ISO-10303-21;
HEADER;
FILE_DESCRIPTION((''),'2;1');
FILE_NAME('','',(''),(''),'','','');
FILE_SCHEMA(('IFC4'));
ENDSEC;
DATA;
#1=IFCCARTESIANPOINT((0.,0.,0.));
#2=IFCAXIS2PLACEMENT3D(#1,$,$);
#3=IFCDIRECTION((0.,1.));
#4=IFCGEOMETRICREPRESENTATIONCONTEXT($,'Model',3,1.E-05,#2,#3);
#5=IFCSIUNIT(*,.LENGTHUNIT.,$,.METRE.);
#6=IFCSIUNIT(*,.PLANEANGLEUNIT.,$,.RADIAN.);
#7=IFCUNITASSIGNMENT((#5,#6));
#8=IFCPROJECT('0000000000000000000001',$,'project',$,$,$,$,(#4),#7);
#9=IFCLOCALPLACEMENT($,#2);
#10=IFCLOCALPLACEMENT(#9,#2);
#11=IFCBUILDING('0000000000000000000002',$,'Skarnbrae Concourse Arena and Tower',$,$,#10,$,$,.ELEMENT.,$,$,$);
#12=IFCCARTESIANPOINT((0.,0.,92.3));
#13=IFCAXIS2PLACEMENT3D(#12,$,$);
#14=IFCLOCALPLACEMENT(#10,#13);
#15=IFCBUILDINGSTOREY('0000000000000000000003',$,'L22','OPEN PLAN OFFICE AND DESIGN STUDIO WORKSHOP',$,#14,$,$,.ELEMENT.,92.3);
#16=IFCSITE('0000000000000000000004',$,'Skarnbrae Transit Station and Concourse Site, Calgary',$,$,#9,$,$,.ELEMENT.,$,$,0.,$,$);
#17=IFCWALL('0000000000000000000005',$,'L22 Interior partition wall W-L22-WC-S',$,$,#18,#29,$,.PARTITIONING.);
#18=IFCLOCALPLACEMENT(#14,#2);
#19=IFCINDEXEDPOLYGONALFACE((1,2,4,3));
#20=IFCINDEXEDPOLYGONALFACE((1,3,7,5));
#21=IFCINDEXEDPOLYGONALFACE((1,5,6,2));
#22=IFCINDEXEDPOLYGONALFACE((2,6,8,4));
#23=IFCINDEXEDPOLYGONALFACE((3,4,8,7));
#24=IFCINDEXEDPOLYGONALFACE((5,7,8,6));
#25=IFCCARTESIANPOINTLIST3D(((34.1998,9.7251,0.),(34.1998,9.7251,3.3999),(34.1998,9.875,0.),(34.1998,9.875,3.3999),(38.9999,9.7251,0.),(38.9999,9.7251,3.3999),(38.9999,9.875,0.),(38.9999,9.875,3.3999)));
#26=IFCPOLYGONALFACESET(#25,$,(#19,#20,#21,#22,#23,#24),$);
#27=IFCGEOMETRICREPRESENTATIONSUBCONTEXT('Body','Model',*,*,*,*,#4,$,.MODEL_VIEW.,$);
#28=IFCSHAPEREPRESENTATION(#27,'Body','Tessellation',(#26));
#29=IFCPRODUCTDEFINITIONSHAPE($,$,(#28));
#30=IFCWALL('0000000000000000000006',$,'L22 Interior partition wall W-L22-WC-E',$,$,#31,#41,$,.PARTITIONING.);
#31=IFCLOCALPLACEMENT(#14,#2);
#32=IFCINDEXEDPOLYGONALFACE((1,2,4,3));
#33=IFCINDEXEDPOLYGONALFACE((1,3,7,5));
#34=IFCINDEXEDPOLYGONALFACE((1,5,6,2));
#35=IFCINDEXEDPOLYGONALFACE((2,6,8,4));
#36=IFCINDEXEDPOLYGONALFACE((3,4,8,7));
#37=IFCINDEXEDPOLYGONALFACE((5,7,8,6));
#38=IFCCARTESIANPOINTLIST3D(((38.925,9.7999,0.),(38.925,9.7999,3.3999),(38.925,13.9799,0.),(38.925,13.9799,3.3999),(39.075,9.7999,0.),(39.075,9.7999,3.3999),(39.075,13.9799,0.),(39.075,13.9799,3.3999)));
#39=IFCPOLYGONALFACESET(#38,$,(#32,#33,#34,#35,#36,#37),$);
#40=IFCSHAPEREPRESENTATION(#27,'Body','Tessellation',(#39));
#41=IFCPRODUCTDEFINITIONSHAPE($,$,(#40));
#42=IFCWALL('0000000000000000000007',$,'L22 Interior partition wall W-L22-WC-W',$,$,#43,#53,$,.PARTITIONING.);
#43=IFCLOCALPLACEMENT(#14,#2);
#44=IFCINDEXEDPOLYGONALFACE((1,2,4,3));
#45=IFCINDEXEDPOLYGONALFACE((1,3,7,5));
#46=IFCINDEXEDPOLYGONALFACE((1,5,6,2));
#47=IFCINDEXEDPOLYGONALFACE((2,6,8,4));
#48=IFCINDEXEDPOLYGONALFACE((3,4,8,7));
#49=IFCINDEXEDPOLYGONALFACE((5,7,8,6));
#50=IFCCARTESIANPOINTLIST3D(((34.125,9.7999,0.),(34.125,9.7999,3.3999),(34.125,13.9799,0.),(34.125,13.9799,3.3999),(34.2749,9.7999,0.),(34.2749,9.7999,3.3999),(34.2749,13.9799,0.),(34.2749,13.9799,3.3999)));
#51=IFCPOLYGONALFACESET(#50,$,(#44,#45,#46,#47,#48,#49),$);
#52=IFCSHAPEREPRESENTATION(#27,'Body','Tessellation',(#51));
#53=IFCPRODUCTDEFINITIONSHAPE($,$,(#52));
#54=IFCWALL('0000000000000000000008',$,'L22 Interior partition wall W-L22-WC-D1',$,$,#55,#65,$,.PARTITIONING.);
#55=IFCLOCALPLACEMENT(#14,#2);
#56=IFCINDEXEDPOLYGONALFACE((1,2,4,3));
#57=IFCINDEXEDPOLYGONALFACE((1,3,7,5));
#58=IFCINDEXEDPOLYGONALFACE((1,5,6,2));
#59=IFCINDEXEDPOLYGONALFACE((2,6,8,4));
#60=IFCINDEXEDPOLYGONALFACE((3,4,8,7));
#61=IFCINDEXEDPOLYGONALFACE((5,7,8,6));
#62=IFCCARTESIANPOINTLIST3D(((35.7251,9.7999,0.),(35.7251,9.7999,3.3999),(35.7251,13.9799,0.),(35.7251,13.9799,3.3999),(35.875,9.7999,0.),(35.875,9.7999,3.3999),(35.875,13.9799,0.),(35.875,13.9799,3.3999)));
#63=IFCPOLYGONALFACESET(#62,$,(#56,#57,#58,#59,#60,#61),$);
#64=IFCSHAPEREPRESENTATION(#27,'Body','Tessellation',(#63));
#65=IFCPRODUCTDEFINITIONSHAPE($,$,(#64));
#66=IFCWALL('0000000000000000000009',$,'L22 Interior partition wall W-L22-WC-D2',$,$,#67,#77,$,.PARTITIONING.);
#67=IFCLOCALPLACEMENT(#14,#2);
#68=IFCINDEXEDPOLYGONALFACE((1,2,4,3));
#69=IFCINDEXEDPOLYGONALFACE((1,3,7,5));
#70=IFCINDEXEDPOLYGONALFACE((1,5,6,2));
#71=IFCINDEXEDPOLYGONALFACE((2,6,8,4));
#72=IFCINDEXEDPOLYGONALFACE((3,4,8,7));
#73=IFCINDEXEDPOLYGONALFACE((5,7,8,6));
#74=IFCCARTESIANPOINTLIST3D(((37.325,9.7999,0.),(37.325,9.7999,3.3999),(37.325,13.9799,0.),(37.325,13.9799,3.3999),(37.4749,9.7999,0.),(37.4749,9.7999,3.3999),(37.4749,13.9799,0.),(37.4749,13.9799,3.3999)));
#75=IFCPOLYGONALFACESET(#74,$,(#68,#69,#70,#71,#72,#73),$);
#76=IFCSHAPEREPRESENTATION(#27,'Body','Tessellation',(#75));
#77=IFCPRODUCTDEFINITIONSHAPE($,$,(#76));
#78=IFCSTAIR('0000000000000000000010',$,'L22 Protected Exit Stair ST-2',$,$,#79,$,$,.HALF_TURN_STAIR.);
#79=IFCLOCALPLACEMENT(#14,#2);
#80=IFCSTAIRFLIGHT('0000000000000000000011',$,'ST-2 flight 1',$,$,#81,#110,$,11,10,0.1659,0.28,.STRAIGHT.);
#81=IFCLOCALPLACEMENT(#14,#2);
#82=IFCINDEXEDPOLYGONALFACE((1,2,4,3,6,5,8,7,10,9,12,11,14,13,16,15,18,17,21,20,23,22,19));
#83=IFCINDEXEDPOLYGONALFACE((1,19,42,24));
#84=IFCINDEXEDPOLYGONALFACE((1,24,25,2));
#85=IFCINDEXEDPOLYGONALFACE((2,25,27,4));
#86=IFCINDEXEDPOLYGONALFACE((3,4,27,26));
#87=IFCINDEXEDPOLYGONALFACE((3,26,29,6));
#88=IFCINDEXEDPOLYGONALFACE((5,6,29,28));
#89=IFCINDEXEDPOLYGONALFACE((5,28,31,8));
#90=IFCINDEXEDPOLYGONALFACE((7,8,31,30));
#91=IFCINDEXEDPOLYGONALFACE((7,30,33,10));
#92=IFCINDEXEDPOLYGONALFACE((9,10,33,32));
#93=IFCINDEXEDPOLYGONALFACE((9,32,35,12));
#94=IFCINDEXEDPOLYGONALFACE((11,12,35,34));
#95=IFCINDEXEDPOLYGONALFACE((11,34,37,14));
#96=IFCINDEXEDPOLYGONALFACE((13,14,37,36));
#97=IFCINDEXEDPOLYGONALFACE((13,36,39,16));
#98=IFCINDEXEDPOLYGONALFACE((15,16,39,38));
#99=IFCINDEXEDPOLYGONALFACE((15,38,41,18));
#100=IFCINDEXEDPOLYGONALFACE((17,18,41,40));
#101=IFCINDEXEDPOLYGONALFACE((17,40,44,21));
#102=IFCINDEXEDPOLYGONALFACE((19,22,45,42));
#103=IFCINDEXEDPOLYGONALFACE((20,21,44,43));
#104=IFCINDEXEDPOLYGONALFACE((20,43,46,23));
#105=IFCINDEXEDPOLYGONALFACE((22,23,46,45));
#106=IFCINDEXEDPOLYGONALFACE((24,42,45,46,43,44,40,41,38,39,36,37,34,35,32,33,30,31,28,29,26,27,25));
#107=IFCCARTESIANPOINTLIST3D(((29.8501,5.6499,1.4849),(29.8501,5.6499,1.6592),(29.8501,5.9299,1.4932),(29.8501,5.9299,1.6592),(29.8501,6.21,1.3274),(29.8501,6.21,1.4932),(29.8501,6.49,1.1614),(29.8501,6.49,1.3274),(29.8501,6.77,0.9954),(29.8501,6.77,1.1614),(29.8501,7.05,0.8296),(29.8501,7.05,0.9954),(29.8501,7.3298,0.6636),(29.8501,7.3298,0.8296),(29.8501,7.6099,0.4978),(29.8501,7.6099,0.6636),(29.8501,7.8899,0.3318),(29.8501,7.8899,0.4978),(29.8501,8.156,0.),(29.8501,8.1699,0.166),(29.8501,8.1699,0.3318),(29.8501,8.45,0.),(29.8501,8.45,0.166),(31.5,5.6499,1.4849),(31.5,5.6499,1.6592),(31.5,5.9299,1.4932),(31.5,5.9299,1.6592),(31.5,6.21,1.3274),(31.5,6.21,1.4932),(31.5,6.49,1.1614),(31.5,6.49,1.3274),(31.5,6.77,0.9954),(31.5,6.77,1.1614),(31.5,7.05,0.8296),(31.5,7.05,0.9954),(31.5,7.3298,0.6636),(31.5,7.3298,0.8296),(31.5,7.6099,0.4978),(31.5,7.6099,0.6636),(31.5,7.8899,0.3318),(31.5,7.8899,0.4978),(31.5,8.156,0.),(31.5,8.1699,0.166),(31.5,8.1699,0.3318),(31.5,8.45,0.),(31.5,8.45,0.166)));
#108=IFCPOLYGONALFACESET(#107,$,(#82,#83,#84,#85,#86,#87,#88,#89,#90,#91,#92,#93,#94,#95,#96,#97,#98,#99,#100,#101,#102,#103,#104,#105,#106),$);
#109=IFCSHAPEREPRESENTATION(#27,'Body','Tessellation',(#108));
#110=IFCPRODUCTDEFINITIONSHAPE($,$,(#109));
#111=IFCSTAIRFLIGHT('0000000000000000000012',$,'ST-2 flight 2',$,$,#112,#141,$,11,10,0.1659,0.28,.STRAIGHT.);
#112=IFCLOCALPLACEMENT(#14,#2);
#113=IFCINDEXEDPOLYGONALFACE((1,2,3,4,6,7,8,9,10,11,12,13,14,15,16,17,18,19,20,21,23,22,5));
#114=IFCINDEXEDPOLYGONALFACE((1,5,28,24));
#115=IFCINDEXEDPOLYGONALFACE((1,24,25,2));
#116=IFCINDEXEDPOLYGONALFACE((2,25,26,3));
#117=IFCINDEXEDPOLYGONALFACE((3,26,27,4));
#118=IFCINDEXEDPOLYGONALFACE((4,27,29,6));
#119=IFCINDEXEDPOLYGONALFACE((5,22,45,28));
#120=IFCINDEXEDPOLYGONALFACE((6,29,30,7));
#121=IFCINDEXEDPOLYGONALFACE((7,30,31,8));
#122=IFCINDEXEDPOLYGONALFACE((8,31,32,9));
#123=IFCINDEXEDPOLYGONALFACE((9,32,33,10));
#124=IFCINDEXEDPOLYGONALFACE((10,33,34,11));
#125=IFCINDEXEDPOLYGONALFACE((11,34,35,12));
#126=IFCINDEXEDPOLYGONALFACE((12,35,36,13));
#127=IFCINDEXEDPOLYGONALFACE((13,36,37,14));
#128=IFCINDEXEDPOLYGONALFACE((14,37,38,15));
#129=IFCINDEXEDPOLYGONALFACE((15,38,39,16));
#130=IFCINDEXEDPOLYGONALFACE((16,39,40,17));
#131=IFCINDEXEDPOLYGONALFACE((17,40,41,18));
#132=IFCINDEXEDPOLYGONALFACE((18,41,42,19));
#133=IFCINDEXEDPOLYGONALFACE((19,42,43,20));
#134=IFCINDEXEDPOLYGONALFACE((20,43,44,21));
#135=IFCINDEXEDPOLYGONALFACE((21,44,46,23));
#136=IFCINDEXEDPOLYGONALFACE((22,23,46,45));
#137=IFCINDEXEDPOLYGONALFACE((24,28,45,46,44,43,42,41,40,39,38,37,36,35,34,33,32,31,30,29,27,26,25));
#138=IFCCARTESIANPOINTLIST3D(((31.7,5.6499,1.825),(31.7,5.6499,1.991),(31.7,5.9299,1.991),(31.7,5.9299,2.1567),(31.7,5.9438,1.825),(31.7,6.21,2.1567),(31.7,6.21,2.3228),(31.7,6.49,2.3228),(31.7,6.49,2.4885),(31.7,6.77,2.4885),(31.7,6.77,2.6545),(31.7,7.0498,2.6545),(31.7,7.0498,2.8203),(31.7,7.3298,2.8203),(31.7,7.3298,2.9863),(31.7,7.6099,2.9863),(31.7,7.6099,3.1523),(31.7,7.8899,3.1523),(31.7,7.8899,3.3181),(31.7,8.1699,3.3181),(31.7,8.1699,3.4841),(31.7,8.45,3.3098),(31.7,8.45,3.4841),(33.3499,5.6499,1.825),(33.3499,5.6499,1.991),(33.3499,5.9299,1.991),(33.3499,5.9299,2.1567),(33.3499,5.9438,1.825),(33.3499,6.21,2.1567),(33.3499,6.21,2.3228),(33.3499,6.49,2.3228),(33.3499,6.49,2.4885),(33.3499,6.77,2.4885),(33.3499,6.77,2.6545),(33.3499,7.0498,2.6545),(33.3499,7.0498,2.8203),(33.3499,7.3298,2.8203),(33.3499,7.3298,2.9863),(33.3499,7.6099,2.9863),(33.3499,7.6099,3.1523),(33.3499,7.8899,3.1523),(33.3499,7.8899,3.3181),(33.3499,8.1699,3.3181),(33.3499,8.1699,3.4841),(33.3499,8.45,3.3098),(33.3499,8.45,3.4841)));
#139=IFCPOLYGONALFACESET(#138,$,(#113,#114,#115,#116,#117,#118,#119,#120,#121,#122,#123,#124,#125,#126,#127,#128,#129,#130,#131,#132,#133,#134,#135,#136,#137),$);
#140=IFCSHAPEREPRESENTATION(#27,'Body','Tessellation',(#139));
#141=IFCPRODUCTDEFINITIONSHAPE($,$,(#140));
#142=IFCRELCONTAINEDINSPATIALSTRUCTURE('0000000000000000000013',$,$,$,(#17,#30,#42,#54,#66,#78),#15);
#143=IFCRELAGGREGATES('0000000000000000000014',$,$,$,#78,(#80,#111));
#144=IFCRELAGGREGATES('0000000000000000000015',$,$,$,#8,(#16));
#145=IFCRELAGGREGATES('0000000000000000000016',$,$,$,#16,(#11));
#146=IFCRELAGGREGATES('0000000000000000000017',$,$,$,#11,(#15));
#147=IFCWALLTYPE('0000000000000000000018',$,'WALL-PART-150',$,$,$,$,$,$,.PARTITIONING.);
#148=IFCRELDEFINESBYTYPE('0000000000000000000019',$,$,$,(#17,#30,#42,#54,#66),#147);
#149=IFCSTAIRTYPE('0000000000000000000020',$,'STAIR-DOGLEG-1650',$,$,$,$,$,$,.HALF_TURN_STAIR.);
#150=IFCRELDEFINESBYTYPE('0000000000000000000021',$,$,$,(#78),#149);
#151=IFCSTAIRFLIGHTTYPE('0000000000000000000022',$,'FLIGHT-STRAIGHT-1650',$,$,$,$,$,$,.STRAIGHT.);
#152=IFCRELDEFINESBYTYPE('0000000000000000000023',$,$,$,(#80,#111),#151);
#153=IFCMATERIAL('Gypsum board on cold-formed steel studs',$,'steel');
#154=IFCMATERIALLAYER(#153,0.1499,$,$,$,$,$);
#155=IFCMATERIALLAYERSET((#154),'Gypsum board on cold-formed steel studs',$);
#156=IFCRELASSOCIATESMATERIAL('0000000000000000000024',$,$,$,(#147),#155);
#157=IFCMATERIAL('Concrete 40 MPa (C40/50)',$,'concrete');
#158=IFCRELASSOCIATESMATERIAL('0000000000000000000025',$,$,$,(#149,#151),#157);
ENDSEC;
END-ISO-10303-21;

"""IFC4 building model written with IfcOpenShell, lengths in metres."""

from ifc_helpers import new_model, si_unit, direction, frame, frame_2d, origin, place, context, subcontext, project, spatial, polyline, rectangle, outline, extrude, source, transform, mapped, material, layer, layer_set, type_object, element, aggregate, save


model = new_model("IFC4")

# Units and contexts
model_context = context("Model", 3, precision=1e-05, world=origin(), true_north=direction((0.0, 1.0)))
body_context = subcontext(model_context, "Body", "Model", "MODEL_VIEW")
ifc_project = project(units=[si_unit("LENGTHUNIT", "METRE"), si_unit("PLANEANGLEUNIT", "RADIAN")], contexts=[model_context])

# Site, building, storey
site_placement = place(None, origin())
site = spatial("IfcSite", under=ifc_project, at=site_placement, Name="Skarnbrae Transit Station and Concourse Site, Calgary", CompositionType="ELEMENT", RefElevation=0.0)
building_placement = place(site_placement, origin())
building = spatial("IfcBuilding", under=site, at=building_placement, Name="Skarnbrae Concourse Arena and Tower", CompositionType="ELEMENT")
storey_placement = place(building_placement, frame((0.0, 0.0, 92.3)))
storey = spatial("IfcBuildingStorey", under=building, at=storey_placement, Name="L22", Description="OPEN PLAN OFFICE AND DESIGN STUDIO WORKSHOP", CompositionType="ELEMENT", Elevation=92.3)

# Walls
ifc_material_1 = material(Name="Gypsum board on cold-formed steel studs", Category="steel")
ifc_layer_1 = layer(ifc_material_1, 0.1499)
ifc_layer_set_1 = layer_set([ifc_layer_1], Name="Gypsum board on cold-formed steel studs")
wall_type_1 = type_object("IfcWallType", Name="WALL-PART-150", PredefinedType="PARTITIONING", material=ifc_layer_set_1)
shared_shape_1 = source(origin(), body_context, "Body", "SweptSolid", [
    extrude(rectangle(XDim=4.8, YDim=0.1499, at=frame_2d((2.3999, 0.0))), origin(), (0.0, 0.0, 1.0), 3.3999),
])
wall_1_placement = place(storey_placement, frame((34.2, 9.8, 0.0), z_axis=(0.0, 0.0, 1.0), x_axis=(1.0, 0.0, 0.0)))
element("IfcWall", 1, at=wall_1_placement, inside=storey, type_object=wall_type_1, Name="L22 Interior partition wall W-L22-WC-S", PredefinedType="PARTITIONING", context=body_context, shape_type="MappedRepresentation", body=[
    mapped(shared_shape_1, transform((0.0, 0.0, 0.0))),
])
shared_shape_2 = source(origin(), body_context, "Body", "SweptSolid", [
    extrude(rectangle(XDim=4.1799, YDim=0.1499, at=frame_2d((2.0898, 0.0))), origin(), (0.0, 0.0, 1.0), 3.3999),
])
for number, where, z_axis, x_axis, name in (
    (2, (39.0, 9.8, 0.0), (0.0, 0.0, 1.0), (0.0, 1.0, 0.0), "L22 Interior partition wall W-L22-WC-E"),
    (3, (34.2, 9.8, 0.0), (0.0, 0.0, 1.0), (0.0, 1.0, 0.0), "L22 Interior partition wall W-L22-WC-W"),
    (4, (35.8, 9.8, 0.0), (0.0, 0.0, 1.0), (0.0, 1.0, 0.0), "L22 Interior partition wall W-L22-WC-D1"),
    (5, (37.3999, 9.8, 0.0), (0.0, 0.0, 1.0), (0.0, 1.0, 0.0), "L22 Interior partition wall W-L22-WC-D2"),
):
    element("IfcWall", number, at=place(storey_placement, frame(where, z_axis=z_axis, x_axis=x_axis)), inside=storey, type_object=wall_type_1, Name=name, PredefinedType="PARTITIONING", context=body_context, shape_type="MappedRepresentation", body=[
        mapped(shared_shape_2, transform((0.0, 0.0, 0.0))),
    ])

# Stair, stair flights
ifc_material_2 = material(Name="Concrete 40 MPa (C40/50)", Category="concrete")
stair_type = type_object("IfcStairType", Name="STAIR-DOGLEG-1650", PredefinedType="HALF_TURN_STAIR", material=ifc_material_2)
stair_placement = place(storey_placement, origin())
stair = element("IfcStair", 6, at=stair_placement, inside=storey, type_object=stair_type, Name="L22 Protected Exit Stair ST-2", PredefinedType="HALF_TURN_STAIR")
stair_flight_type = type_object("IfcStairFlightType", Name="FLIGHT-STRAIGHT-1650", PredefinedType="STRAIGHT", material=ifc_material_2)
shared_shape_3 = source(origin(), body_context, "Body", "SweptSolid", [
    extrude(outline(polyline([(0.0, 0.0), (0.0, 0.166), (0.28, 0.166), (0.28, 0.3318), (0.5601, 0.3318), (0.5601, 0.4978), (0.8401, 0.4978), (0.8401, 0.6636), (1.1201, 0.6636), (1.1201, 0.8296), (1.3999, 0.8296), (1.3999, 0.9954), (1.6799, 0.9954), (1.6799, 1.1614), (1.96, 1.1614), (1.96, 1.3274), (2.24, 1.3274), (2.24, 1.4932), (2.52, 1.4932), (2.52, 1.6592), (2.8, 1.6592), (2.8, 1.825), (2.8, 1.4849), (0.2939, 0.0), (0.0, 0.0)])), frame((0.0, 0.825, 0.0), z_axis=(0.0, -1.0, 0.0), x_axis=(1.0, 0.0, 0.0)), (0.0, 0.0, 1.0), 1.6499),
])
stair_flight_1_placement = place(storey_placement, frame((30.675, 8.45, 0.0), z_axis=(0.0, 0.0, 1.0), x_axis=(0.0, -1.0, 0.0)))
stair_flight_1 = element("IfcStairFlight", 7, at=stair_flight_1_placement, type_object=stair_flight_type, Name="ST-2 flight 1", NumberOfRisers=11, NumberOfTreads=10, PredefinedType="STRAIGHT", RiserHeight=0.1659, TreadLength=0.28, context=body_context, shape_type="MappedRepresentation", body=[
    mapped(shared_shape_3, transform((0.0, 0.0, 0.0))),
])
stair_flight_2_placement = place(storey_placement, frame((32.5249, 5.6499, 1.825), z_axis=(0.0, 0.0, 1.0), x_axis=(0.0, 1.0, 0.0)))
stair_flight_2 = element("IfcStairFlight", 8, at=stair_flight_2_placement, type_object=stair_flight_type, Name="ST-2 flight 2", NumberOfRisers=11, NumberOfTreads=10, PredefinedType="STRAIGHT", RiserHeight=0.1659, TreadLength=0.28, context=body_context, shape_type="MappedRepresentation", body=[
    mapped(shared_shape_3, transform((0.0, 0.0, 0.0))),
])
aggregate(stair, [stair_flight_1, stair_flight_2])

save(model, "model.ifc")
